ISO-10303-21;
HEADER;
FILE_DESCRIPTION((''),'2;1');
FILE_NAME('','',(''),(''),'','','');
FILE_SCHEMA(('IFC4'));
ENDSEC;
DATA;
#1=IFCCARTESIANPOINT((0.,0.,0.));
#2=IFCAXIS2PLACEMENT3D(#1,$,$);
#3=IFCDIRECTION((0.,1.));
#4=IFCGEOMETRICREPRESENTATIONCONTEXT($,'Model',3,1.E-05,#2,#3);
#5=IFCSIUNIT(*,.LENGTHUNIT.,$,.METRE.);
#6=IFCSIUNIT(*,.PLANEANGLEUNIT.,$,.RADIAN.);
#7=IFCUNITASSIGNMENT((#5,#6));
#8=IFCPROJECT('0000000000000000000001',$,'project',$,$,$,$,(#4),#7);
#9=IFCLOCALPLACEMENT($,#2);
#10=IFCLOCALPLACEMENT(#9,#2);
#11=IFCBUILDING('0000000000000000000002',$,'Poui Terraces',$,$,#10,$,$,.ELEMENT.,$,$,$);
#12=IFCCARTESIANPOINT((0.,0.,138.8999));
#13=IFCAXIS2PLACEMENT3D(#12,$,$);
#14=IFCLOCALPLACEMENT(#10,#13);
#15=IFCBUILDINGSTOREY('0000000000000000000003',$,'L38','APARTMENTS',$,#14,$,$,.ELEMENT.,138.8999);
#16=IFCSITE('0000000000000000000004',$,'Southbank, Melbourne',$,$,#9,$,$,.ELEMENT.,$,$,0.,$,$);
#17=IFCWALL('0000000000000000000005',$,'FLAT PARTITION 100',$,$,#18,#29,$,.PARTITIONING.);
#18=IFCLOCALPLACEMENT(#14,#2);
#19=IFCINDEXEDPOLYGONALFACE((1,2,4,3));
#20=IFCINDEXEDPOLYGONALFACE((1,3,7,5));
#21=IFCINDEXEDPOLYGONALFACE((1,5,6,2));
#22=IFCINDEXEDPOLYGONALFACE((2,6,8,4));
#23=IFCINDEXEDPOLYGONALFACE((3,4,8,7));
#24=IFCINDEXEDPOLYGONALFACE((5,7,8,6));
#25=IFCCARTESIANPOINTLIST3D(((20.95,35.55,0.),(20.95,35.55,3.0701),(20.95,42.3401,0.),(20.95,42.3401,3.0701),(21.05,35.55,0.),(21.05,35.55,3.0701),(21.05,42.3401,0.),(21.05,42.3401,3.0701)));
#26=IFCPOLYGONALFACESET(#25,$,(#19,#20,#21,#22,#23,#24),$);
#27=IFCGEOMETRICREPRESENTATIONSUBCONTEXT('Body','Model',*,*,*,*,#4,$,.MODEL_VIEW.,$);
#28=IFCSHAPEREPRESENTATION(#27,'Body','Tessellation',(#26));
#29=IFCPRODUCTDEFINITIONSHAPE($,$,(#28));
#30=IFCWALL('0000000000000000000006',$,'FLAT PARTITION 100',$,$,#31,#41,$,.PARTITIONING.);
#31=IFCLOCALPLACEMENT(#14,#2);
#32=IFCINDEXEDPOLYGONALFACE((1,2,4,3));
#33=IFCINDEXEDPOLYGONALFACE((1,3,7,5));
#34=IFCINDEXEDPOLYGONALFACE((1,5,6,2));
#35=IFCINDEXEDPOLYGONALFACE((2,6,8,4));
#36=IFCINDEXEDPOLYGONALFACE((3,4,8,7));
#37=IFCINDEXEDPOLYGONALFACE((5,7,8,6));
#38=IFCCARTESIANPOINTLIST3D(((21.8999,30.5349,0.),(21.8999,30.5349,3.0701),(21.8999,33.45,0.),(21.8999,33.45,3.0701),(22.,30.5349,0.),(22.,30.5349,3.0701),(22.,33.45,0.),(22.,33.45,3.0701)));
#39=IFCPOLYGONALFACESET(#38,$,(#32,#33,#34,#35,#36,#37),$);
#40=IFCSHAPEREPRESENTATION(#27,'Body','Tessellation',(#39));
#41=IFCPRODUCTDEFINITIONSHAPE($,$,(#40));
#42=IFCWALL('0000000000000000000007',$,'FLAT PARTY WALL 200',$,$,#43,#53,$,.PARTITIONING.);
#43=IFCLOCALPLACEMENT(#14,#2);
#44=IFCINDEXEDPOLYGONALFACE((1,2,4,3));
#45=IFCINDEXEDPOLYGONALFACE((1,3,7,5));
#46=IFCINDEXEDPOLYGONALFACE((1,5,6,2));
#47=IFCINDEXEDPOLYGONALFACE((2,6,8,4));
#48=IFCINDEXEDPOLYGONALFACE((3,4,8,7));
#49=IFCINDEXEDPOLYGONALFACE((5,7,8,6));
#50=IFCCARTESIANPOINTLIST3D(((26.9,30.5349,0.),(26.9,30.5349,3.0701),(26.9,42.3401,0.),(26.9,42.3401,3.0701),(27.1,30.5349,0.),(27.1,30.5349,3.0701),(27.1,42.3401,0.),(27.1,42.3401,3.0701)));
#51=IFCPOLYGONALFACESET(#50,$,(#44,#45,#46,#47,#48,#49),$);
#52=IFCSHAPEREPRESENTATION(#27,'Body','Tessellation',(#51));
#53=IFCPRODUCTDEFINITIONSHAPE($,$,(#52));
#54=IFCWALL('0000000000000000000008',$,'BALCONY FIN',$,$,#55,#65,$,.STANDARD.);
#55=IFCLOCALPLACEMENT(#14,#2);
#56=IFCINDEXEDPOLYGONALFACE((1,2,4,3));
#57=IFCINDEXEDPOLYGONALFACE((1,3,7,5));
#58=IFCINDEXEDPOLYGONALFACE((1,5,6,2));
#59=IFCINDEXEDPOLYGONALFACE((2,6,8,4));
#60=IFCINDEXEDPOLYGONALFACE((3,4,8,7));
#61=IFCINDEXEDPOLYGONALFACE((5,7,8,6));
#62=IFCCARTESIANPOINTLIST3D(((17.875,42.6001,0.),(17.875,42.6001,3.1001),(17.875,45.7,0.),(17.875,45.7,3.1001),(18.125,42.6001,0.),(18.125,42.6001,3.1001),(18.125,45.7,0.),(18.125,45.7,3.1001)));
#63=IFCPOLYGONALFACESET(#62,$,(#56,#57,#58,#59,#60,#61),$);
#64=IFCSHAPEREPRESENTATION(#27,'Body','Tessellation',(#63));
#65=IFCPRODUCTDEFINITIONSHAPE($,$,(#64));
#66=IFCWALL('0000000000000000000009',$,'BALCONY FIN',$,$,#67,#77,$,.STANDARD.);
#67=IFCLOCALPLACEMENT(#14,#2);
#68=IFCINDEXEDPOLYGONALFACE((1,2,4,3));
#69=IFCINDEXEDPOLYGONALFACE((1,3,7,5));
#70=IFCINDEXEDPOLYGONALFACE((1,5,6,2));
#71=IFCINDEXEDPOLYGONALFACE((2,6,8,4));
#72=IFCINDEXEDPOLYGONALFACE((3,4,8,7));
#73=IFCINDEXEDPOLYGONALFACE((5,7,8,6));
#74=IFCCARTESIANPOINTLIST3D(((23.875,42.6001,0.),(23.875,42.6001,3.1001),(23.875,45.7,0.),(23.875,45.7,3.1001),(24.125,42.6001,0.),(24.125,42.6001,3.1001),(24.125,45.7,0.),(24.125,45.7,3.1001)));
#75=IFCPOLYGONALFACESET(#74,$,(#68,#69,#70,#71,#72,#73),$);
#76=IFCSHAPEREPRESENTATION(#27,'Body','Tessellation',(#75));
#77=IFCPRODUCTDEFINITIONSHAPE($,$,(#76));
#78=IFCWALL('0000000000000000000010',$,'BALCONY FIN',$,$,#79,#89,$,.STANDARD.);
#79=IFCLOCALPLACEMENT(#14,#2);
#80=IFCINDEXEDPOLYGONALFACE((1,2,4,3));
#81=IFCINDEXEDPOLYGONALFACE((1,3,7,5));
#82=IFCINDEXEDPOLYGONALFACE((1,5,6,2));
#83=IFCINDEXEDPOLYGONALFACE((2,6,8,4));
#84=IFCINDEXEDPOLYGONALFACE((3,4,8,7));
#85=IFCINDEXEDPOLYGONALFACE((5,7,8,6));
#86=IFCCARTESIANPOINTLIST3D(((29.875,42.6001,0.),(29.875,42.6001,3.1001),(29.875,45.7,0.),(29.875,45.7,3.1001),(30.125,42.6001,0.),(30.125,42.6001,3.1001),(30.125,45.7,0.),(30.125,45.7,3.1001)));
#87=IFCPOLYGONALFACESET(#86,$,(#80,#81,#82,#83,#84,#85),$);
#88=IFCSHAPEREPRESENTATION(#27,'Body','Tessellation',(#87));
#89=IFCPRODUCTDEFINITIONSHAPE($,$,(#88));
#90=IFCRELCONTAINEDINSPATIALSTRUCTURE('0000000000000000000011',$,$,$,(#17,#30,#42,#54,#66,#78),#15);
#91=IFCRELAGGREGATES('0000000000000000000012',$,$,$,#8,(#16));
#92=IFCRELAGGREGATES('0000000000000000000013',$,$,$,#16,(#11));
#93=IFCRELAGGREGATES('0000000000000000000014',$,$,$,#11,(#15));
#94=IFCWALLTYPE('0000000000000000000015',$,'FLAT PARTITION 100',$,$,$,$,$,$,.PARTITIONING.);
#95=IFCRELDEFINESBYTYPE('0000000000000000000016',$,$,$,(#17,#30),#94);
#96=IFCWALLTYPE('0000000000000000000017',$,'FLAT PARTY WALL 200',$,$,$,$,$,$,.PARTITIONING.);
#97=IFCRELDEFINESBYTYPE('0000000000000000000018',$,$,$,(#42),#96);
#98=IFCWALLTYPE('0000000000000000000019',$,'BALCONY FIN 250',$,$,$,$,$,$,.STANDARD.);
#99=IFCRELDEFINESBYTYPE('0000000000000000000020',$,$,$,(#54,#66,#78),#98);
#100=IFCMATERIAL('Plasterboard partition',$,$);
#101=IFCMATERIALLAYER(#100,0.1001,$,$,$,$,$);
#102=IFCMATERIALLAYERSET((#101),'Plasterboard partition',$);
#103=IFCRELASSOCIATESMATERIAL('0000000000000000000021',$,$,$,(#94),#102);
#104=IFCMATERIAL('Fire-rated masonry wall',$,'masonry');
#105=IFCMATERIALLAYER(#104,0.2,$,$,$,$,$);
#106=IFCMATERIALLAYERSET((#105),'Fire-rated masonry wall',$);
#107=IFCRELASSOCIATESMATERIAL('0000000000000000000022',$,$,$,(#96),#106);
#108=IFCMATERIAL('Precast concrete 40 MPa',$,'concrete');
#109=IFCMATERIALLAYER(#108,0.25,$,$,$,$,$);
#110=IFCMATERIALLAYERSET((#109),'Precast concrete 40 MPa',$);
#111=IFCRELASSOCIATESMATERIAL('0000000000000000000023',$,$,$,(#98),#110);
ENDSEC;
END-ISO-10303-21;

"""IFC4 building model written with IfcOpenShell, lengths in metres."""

from ifc_helpers import new_model, si_unit, direction, frame, frame_2d, origin, place, context, subcontext, project, spatial, polyline, rectangle, outline, extrude, source, transform, mapped, material, layer, layer_set, type_object, element, save


model = new_model("IFC4")

# Units and contexts
model_context = context("Model", 3, precision=1e-05, world=origin(), true_north=direction((0.0, 1.0)))
body_context = subcontext(model_context, "Body", "Model", "MODEL_VIEW")
ifc_project = project(units=[si_unit("LENGTHUNIT", "METRE"), si_unit("PLANEANGLEUNIT", "RADIAN")], contexts=[model_context])

# Site, building, storey
site_placement = place(None, origin())
site = spatial("IfcSite", under=ifc_project, at=site_placement, Name="Southbank, Melbourne", CompositionType="ELEMENT", RefElevation=0.0)
building_placement = place(site_placement, origin())
building = spatial("IfcBuilding", under=site, at=building_placement, Name="Poui Terraces", CompositionType="ELEMENT")
storey_placement = place(building_placement, frame((0.0, 0.0, 138.8999)))
storey = spatial("IfcBuildingStorey", under=building, at=storey_placement, Name="L38", Description="APARTMENTS", CompositionType="ELEMENT", Elevation=138.8999)

# Shared definitions
ifc_material_1 = material(Name="Plasterboard partition")
ifc_layer_1 = layer(ifc_material_1, 0.1001)
ifc_layer_set_1 = layer_set([ifc_layer_1], Name="Plasterboard partition")
wall_type_1 = type_object("IfcWallType", Name="FLAT PARTITION 100", PredefinedType="PARTITIONING", material=ifc_layer_set_1)

# Walls
wall_1_placement = place(storey_placement, frame((21.0, 35.55, 0.0), z_axis=(0.0, 0.0, 1.0), x_axis=(0.0, 1.0, 0.0)))
element("IfcWall", 1, at=wall_1_placement, inside=storey, type_object=wall_type_1, Name="FLAT PARTITION 100", PredefinedType="PARTITIONING", context=body_context, shape_type="SweptSolid", body=[
    extrude(rectangle(XDim=6.79, YDim=0.1001, at=frame_2d((3.395, 0.0))), origin(), (0.0, 0.0, 1.0), 3.0701),
])
wall_2_placement = place(storey_placement, frame((21.95, 30.5349, 0.0), z_axis=(0.0, 0.0, 1.0), x_axis=(0.0, 1.0, 0.0)))
element("IfcWall", 2, at=wall_2_placement, inside=storey, type_object=wall_type_1, Name="FLAT PARTITION 100", PredefinedType="PARTITIONING", context=body_context, shape_type="SweptSolid", body=[
    extrude(rectangle(XDim=2.915, YDim=0.1001, at=frame_2d((1.4575, 0.0))), origin(), (0.0, 0.0, 1.0), 3.0701),
])
ifc_material_2 = material(Name="Fire-rated masonry wall", Category="masonry")
ifc_layer_2 = layer(ifc_material_2, 0.2)
ifc_layer_set_2 = layer_set([ifc_layer_2], Name="Fire-rated masonry wall")
wall_type_2 = type_object("IfcWallType", Name="FLAT PARTY WALL 200", PredefinedType="PARTITIONING", material=ifc_layer_set_2)
wall_3_placement = place(storey_placement, frame((27.0, 30.5349, 0.0), z_axis=(0.0, 0.0, 1.0), x_axis=(0.0, 1.0, 0.0)))
element("IfcWall", 3, at=wall_3_placement, inside=storey, type_object=wall_type_2, Name="FLAT PARTY WALL 200", PredefinedType="PARTITIONING", context=body_context, shape_type="SweptSolid", body=[
    extrude(rectangle(XDim=11.8052, YDim=0.2, at=frame_2d((5.9026, 0.0))), origin(), (0.0, 0.0, 1.0), 3.0701),
])
ifc_material_3 = material(Name="Precast concrete 40 MPa", Category="concrete")
ifc_layer_3 = layer(ifc_material_3, 0.25)
ifc_layer_set_3 = layer_set([ifc_layer_3], Name="Precast concrete 40 MPa")
wall_type_3 = type_object("IfcWallType", Name="BALCONY FIN 250", PredefinedType="STANDARD", material=ifc_layer_set_3)
shared_shape_1 = source(origin(), body_context, "Body", "SweptSolid", [
    extrude(outline(polyline([(0.0, 0.0), (0.25, 0.0), (0.25, 3.0999), (0.0, 3.0999), (0.0, 0.0)])), origin(), (0.0, 0.0, 1.0), 3.1001),
])
for number, where, name in (
    (4, (17.875, 42.6001, 0.0), "BALCONY FIN"),
    (5, (23.875, 42.6001, 0.0), "BALCONY FIN"),
    (6, (29.875, 42.6001, 0.0), "BALCONY FIN"),
):
    element("IfcWall", number, at=place(storey_placement, frame(where)), inside=storey, type_object=wall_type_3, Name=name, PredefinedType="STANDARD", context=body_context, shape_type="MappedRepresentation", body=[
        mapped(shared_shape_1, transform((0.0, 0.0, 0.0))),
    ])

save(model, "model.ifc")
